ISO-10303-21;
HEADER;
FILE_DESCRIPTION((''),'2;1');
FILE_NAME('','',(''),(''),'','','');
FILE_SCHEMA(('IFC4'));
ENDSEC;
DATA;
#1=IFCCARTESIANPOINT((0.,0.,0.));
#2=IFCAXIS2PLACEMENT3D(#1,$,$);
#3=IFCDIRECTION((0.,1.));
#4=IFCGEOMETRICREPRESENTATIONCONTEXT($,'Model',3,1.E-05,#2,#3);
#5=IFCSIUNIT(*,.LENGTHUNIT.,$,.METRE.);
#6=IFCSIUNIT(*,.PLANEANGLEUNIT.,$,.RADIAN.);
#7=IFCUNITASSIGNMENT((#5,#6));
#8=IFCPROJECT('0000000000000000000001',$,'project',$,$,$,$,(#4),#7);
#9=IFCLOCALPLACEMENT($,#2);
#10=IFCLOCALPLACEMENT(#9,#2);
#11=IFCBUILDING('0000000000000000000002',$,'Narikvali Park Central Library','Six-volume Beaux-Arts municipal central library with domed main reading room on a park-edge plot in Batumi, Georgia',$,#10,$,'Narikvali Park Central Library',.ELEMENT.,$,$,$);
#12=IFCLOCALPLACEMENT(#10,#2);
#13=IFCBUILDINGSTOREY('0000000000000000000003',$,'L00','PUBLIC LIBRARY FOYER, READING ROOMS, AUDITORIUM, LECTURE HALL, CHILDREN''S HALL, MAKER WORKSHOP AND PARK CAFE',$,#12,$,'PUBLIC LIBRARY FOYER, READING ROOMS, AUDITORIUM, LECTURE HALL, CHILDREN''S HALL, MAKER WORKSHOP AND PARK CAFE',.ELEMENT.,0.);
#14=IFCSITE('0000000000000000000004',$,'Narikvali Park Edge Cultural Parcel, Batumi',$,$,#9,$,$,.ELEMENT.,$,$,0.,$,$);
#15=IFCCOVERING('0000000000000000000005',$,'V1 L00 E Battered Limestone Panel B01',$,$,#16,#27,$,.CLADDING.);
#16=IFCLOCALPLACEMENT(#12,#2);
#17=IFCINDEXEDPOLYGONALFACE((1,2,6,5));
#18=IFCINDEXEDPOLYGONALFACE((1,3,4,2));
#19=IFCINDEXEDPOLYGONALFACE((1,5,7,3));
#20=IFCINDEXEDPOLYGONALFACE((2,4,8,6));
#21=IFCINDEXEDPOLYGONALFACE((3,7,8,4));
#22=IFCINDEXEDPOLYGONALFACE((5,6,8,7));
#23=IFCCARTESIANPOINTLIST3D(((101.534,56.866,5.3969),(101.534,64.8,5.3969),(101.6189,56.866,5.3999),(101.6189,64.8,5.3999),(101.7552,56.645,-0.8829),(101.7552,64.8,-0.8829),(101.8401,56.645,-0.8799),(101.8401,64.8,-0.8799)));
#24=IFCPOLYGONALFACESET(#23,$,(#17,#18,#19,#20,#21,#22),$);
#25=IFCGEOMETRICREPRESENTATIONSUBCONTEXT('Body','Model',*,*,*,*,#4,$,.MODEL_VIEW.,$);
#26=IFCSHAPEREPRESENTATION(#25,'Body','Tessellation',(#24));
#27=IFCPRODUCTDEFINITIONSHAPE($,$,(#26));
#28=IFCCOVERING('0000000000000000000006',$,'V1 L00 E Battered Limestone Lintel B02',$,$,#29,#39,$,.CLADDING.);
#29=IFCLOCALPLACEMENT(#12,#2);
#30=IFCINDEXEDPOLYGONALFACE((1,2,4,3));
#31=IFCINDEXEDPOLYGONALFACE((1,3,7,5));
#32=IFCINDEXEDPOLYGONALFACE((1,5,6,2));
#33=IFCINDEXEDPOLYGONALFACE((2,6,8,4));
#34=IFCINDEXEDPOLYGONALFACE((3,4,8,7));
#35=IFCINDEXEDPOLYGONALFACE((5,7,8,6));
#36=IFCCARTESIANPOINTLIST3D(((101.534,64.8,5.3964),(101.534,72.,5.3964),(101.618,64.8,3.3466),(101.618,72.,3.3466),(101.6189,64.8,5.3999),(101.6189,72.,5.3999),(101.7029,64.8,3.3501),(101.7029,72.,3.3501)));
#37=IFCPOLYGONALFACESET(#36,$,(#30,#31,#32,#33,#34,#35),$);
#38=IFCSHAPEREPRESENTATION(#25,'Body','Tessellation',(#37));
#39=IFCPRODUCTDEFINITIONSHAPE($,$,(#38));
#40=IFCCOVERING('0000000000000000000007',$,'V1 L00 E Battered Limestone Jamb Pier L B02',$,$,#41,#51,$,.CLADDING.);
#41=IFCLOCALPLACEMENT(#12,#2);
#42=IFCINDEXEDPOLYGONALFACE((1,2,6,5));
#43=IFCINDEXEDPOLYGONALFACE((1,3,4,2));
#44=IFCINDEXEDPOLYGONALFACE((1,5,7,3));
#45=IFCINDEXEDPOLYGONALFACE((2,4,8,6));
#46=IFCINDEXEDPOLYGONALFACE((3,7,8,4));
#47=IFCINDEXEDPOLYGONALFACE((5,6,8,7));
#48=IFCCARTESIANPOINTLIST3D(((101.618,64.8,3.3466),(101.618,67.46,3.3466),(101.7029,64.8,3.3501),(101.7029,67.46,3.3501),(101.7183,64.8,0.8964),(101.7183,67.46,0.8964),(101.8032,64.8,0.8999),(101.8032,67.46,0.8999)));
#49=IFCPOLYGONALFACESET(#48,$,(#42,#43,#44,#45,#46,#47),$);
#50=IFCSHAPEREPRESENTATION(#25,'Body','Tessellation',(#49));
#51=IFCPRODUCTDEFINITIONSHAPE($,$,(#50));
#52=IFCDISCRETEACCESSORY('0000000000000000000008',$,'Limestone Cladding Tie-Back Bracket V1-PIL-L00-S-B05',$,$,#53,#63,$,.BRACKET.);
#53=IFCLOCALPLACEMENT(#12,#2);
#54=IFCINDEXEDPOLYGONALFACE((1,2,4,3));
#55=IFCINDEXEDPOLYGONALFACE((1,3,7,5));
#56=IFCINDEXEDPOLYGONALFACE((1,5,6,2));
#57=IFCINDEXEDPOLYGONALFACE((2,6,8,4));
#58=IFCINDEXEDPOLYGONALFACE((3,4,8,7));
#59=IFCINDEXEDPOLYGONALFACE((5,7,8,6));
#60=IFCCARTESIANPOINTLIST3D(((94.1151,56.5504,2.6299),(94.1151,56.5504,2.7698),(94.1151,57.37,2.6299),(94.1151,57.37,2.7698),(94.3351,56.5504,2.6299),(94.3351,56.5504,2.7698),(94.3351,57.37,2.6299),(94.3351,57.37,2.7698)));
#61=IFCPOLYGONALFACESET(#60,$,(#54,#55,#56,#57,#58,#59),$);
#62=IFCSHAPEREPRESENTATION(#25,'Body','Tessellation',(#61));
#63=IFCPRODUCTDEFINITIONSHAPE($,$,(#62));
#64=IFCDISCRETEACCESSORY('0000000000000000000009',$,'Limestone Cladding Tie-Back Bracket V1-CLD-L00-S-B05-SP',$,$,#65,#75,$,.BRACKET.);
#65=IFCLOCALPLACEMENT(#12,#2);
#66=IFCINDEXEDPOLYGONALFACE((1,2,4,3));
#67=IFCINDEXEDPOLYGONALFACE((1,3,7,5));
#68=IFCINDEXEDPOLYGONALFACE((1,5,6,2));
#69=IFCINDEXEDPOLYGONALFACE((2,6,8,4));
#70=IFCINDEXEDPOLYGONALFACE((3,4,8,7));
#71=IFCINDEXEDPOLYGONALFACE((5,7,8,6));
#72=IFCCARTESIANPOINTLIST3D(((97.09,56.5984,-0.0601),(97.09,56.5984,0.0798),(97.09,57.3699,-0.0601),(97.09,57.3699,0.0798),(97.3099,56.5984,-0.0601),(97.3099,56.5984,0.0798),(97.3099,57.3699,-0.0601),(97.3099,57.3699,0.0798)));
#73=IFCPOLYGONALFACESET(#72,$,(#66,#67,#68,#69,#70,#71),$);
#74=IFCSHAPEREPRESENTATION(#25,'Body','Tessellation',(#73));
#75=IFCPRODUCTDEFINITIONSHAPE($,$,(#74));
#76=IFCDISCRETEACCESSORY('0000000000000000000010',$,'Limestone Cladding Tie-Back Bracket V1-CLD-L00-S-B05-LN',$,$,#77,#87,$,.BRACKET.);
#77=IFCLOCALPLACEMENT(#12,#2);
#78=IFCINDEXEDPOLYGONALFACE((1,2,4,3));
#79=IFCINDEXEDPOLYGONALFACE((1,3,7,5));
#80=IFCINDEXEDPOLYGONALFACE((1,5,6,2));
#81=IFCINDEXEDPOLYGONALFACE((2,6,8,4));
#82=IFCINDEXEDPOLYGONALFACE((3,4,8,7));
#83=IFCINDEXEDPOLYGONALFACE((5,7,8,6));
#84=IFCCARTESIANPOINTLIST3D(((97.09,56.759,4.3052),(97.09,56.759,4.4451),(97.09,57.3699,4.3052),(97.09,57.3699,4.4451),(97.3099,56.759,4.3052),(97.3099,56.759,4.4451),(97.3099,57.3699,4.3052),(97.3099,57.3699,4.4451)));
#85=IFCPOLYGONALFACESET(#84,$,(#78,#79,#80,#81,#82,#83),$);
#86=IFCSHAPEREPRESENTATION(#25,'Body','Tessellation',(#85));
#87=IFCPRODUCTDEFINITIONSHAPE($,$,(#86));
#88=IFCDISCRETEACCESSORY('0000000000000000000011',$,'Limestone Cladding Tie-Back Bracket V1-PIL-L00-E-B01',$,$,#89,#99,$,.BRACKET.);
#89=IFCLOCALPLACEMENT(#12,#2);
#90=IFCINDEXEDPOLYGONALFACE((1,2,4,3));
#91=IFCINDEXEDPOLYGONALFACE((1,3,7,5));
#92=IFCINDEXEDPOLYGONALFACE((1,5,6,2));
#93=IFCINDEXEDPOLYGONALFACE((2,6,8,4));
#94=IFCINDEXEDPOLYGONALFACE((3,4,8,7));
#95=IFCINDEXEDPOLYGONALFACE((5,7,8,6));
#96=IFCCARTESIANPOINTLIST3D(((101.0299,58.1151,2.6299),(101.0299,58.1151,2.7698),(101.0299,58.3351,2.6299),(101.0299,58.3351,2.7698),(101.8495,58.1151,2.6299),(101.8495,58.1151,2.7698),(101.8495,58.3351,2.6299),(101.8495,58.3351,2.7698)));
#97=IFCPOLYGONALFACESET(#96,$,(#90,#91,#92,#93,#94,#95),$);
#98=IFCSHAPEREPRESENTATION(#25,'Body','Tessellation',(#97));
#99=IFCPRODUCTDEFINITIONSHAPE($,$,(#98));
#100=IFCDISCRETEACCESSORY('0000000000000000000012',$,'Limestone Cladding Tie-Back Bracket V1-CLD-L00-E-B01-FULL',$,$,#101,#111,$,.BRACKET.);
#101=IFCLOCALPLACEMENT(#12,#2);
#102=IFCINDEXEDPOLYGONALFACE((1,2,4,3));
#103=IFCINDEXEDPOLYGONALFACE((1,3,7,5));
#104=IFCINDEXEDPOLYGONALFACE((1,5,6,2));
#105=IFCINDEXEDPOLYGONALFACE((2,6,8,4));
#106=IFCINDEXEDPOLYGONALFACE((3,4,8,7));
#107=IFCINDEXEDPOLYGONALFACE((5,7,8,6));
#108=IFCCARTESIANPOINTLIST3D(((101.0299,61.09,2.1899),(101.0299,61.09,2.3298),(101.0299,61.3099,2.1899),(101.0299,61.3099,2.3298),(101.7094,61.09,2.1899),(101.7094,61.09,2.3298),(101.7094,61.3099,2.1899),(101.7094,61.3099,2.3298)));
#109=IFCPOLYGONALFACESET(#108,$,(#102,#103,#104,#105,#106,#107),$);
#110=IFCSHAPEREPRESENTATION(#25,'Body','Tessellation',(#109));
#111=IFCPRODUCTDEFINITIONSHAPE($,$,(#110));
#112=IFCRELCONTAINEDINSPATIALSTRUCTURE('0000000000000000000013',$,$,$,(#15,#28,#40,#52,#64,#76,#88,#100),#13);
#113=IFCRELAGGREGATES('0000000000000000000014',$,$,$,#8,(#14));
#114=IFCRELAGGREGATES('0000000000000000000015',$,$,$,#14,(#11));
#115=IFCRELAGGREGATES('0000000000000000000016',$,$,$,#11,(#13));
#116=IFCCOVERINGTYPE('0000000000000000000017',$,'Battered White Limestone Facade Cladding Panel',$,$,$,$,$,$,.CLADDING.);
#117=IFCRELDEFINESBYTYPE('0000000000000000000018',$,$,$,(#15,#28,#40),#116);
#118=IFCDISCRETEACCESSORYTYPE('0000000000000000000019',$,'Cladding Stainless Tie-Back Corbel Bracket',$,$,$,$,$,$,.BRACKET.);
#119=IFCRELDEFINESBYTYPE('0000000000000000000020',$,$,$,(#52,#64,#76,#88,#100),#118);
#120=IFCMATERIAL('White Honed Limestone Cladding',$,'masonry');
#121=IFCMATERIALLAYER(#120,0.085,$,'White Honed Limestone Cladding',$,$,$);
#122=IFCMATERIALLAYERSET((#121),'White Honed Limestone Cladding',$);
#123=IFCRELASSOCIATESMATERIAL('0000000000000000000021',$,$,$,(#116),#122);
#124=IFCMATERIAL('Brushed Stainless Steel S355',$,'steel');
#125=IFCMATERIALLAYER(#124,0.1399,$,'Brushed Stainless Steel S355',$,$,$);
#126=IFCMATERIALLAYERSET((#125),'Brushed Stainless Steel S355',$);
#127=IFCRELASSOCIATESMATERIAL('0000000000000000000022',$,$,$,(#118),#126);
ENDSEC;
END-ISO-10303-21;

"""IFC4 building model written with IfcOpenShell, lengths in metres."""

from ifc_helpers import new_model, si_unit, direction, frame, origin, origin_2d, place, context, subcontext, project, spatial, polyline, rectangle, outline, extrude, material, layer, layer_set, type_object, element, save


model = new_model("IFC4")

# Units and contexts
model_context = context("Model", 3, precision=1e-05, world=origin(), true_north=direction((0.0, 1.0)))
body_context = subcontext(model_context, "Body", "Model", "MODEL_VIEW")
ifc_project = project(units=[si_unit("LENGTHUNIT", "METRE"), si_unit("PLANEANGLEUNIT", "RADIAN")], contexts=[model_context])

# Site, building, storey
site_placement = place(None, origin())
site = spatial("IfcSite", under=ifc_project, at=site_placement, Name="Narikvali Park Edge Cultural Parcel, Batumi", CompositionType="ELEMENT", RefElevation=0.0)
building_placement = place(site_placement, origin())
building = spatial("IfcBuilding", under=site, at=building_placement, Name="Narikvali Park Central Library", Description="Six-volume Beaux-Arts municipal central library with domed main reading room on a park-edge plot in Batumi, Georgia", LongName="Narikvali Park Central Library", CompositionType="ELEMENT")
storey_placement = place(building_placement, origin())
storey = spatial("IfcBuildingStorey", under=building, at=storey_placement, Name="L00", Description="PUBLIC LIBRARY FOYER, READING ROOMS, AUDITORIUM, LECTURE HALL, CHILDREN'S HALL, MAKER WORKSHOP AND PARK CAFE", LongName="PUBLIC LIBRARY FOYER, READING ROOMS, AUDITORIUM, LECTURE HALL, CHILDREN'S HALL, MAKER WORKSHOP AND PARK CAFE", CompositionType="ELEMENT", Elevation=0.0)

# Coverings
ifc_material_1 = material(Name="White Honed Limestone Cladding", Category="masonry")
ifc_layer_1 = layer(ifc_material_1, 0.085, Name="White Honed Limestone Cladding")
ifc_layer_set_1 = layer_set([ifc_layer_1], Name="White Honed Limestone Cladding")
covering_type = type_object("IfcCoveringType", Name="Battered White Limestone Facade Cladding Panel", PredefinedType="CLADDING", material=ifc_layer_set_1)
covering_1_placement = place(storey_placement, frame((101.8401, 56.645, -0.8799), z_axis=(0.99938, 0.0, 0.035201), x_axis=(0.0, 1.0, 0.0)))
element("IfcCovering", 1, at=covering_1_placement, inside=storey, type_object=covering_type, Name="V1 L00 E Battered Limestone Panel B01", PredefinedType="CLADDING", context=body_context, shape_type="SweptSolid", body=[
    extrude(outline(polyline([(0.0, 0.0), (8.155, 0.0), (8.155, 6.2837), (0.2209, 6.2837), (0.0, 0.0)])), origin(), (0.0, 0.0, -1.0), 0.085),
])
covering_2_placement = place(storey_placement, frame((101.7029, 64.8, 3.3501), z_axis=(0.999162, 0.0, 0.040938), x_axis=(0.0, 1.0, 0.0)))
element("IfcCovering", 2, at=covering_2_placement, inside=storey, type_object=covering_type, Name="V1 L00 E Battered Limestone Lintel B02", PredefinedType="CLADDING", context=body_context, shape_type="SweptSolid", body=[
    extrude(outline(polyline([(0.0, 0.0), (7.2, 0.0), (7.2, 2.0515), (0.0, 2.0515), (0.0, 0.0)])), origin(), (0.0, 0.0, -1.0), 0.085),
])
covering_3_placement = place(storey_placement, frame((101.8032, 64.8, 0.8999), z_axis=(0.999162, 0.0, 0.040918), x_axis=(0.0, 1.0, 0.0)))
element("IfcCovering", 3, at=covering_3_placement, inside=storey, type_object=covering_type, Name="V1 L00 E Battered Limestone Jamb Pier L B02", PredefinedType="CLADDING", context=body_context, shape_type="SweptSolid", body=[
    extrude(outline(polyline([(0.0, 0.0), (2.6599, 0.0), (2.6599, 2.4522), (0.0, 2.4522), (0.0, 0.0)])), origin(), (0.0, 0.0, -1.0), 0.085),
])

# Discrete accessories
ifc_material_2 = material(Name="Brushed Stainless Steel S355", Category="steel")
ifc_layer_2 = layer(ifc_material_2, 0.1399, Name="Brushed Stainless Steel S355")
ifc_layer_set_2 = layer_set([ifc_layer_2], Name="Brushed Stainless Steel S355")
discrete_accessory_type = type_object("IfcDiscreteAccessoryType", Name="Cladding Stainless Tie-Back Corbel Bracket", PredefinedType="BRACKET", material=ifc_layer_set_2)
discrete_accessory_1_placement = place(storey_placement, frame((94.2251, 56.9602, 2.6299), z_axis=(0.0, 0.0, 1.0), x_axis=(1.0, 0.0, 0.0)))
element("IfcDiscreteAccessory", 4, at=discrete_accessory_1_placement, inside=storey, type_object=discrete_accessory_type, Name="Limestone Cladding Tie-Back Bracket V1-PIL-L00-S-B05", PredefinedType="BRACKET", context=body_context, shape_type="SweptSolid", body=[
    extrude(rectangle(XDim=0.22, YDim=0.8196, at=origin_2d()), origin(), (0.0, 0.0, 1.0), 0.1399),
])
discrete_accessory_2_placement = place(storey_placement, frame((97.2, 56.9841, -0.0601), z_axis=(0.0, 0.0, 1.0), x_axis=(1.0, 0.0, 0.0)))
element("IfcDiscreteAccessory", 5, at=discrete_accessory_2_placement, inside=storey, type_object=discrete_accessory_type, Name="Limestone Cladding Tie-Back Bracket V1-CLD-L00-S-B05-SP", PredefinedType="BRACKET", context=body_context, shape_type="SweptSolid", body=[
    extrude(rectangle(XDim=0.22, YDim=0.7715, at=origin_2d()), origin(), (0.0, 0.0, 1.0), 0.1399),
])
discrete_accessory_3_placement = place(storey_placement, frame((97.2, 57.0645, 4.3052), z_axis=(0.0, 0.0, 1.0), x_axis=(1.0, 0.0, 0.0)))
element("IfcDiscreteAccessory", 6, at=discrete_accessory_3_placement, inside=storey, type_object=discrete_accessory_type, Name="Limestone Cladding Tie-Back Bracket V1-CLD-L00-S-B05-LN", PredefinedType="BRACKET", context=body_context, shape_type="SweptSolid", body=[
    extrude(rectangle(XDim=0.22, YDim=0.6108, at=origin_2d()), origin(), (0.0, 0.0, 1.0), 0.1399),
])
discrete_accessory_4_placement = place(storey_placement, frame((101.4397, 58.2251, 2.6299), z_axis=(0.0, 0.0, 1.0), x_axis=(1.0, 0.0, 0.0)))
element("IfcDiscreteAccessory", 7, at=discrete_accessory_4_placement, inside=storey, type_object=discrete_accessory_type, Name="Limestone Cladding Tie-Back Bracket V1-PIL-L00-E-B01", PredefinedType="BRACKET", context=body_context, shape_type="SweptSolid", body=[
    extrude(rectangle(XDim=0.8196, YDim=0.22, at=origin_2d()), origin(), (0.0, 0.0, 1.0), 0.1399),
])
discrete_accessory_5_placement = place(storey_placement, frame((101.3696, 61.2, 2.1899), z_axis=(0.0, 0.0, 1.0), x_axis=(1.0, 0.0, 0.0)))
element("IfcDiscreteAccessory", 8, at=discrete_accessory_5_placement, inside=storey, type_object=discrete_accessory_type, Name="Limestone Cladding Tie-Back Bracket V1-CLD-L00-E-B01-FULL", PredefinedType="BRACKET", context=body_context, shape_type="SweptSolid", body=[
    extrude(rectangle(XDim=0.6794, YDim=0.22, at=origin_2d()), origin(), (0.0, 0.0, 1.0), 0.1399),
])

save(model, "model.ifc")
